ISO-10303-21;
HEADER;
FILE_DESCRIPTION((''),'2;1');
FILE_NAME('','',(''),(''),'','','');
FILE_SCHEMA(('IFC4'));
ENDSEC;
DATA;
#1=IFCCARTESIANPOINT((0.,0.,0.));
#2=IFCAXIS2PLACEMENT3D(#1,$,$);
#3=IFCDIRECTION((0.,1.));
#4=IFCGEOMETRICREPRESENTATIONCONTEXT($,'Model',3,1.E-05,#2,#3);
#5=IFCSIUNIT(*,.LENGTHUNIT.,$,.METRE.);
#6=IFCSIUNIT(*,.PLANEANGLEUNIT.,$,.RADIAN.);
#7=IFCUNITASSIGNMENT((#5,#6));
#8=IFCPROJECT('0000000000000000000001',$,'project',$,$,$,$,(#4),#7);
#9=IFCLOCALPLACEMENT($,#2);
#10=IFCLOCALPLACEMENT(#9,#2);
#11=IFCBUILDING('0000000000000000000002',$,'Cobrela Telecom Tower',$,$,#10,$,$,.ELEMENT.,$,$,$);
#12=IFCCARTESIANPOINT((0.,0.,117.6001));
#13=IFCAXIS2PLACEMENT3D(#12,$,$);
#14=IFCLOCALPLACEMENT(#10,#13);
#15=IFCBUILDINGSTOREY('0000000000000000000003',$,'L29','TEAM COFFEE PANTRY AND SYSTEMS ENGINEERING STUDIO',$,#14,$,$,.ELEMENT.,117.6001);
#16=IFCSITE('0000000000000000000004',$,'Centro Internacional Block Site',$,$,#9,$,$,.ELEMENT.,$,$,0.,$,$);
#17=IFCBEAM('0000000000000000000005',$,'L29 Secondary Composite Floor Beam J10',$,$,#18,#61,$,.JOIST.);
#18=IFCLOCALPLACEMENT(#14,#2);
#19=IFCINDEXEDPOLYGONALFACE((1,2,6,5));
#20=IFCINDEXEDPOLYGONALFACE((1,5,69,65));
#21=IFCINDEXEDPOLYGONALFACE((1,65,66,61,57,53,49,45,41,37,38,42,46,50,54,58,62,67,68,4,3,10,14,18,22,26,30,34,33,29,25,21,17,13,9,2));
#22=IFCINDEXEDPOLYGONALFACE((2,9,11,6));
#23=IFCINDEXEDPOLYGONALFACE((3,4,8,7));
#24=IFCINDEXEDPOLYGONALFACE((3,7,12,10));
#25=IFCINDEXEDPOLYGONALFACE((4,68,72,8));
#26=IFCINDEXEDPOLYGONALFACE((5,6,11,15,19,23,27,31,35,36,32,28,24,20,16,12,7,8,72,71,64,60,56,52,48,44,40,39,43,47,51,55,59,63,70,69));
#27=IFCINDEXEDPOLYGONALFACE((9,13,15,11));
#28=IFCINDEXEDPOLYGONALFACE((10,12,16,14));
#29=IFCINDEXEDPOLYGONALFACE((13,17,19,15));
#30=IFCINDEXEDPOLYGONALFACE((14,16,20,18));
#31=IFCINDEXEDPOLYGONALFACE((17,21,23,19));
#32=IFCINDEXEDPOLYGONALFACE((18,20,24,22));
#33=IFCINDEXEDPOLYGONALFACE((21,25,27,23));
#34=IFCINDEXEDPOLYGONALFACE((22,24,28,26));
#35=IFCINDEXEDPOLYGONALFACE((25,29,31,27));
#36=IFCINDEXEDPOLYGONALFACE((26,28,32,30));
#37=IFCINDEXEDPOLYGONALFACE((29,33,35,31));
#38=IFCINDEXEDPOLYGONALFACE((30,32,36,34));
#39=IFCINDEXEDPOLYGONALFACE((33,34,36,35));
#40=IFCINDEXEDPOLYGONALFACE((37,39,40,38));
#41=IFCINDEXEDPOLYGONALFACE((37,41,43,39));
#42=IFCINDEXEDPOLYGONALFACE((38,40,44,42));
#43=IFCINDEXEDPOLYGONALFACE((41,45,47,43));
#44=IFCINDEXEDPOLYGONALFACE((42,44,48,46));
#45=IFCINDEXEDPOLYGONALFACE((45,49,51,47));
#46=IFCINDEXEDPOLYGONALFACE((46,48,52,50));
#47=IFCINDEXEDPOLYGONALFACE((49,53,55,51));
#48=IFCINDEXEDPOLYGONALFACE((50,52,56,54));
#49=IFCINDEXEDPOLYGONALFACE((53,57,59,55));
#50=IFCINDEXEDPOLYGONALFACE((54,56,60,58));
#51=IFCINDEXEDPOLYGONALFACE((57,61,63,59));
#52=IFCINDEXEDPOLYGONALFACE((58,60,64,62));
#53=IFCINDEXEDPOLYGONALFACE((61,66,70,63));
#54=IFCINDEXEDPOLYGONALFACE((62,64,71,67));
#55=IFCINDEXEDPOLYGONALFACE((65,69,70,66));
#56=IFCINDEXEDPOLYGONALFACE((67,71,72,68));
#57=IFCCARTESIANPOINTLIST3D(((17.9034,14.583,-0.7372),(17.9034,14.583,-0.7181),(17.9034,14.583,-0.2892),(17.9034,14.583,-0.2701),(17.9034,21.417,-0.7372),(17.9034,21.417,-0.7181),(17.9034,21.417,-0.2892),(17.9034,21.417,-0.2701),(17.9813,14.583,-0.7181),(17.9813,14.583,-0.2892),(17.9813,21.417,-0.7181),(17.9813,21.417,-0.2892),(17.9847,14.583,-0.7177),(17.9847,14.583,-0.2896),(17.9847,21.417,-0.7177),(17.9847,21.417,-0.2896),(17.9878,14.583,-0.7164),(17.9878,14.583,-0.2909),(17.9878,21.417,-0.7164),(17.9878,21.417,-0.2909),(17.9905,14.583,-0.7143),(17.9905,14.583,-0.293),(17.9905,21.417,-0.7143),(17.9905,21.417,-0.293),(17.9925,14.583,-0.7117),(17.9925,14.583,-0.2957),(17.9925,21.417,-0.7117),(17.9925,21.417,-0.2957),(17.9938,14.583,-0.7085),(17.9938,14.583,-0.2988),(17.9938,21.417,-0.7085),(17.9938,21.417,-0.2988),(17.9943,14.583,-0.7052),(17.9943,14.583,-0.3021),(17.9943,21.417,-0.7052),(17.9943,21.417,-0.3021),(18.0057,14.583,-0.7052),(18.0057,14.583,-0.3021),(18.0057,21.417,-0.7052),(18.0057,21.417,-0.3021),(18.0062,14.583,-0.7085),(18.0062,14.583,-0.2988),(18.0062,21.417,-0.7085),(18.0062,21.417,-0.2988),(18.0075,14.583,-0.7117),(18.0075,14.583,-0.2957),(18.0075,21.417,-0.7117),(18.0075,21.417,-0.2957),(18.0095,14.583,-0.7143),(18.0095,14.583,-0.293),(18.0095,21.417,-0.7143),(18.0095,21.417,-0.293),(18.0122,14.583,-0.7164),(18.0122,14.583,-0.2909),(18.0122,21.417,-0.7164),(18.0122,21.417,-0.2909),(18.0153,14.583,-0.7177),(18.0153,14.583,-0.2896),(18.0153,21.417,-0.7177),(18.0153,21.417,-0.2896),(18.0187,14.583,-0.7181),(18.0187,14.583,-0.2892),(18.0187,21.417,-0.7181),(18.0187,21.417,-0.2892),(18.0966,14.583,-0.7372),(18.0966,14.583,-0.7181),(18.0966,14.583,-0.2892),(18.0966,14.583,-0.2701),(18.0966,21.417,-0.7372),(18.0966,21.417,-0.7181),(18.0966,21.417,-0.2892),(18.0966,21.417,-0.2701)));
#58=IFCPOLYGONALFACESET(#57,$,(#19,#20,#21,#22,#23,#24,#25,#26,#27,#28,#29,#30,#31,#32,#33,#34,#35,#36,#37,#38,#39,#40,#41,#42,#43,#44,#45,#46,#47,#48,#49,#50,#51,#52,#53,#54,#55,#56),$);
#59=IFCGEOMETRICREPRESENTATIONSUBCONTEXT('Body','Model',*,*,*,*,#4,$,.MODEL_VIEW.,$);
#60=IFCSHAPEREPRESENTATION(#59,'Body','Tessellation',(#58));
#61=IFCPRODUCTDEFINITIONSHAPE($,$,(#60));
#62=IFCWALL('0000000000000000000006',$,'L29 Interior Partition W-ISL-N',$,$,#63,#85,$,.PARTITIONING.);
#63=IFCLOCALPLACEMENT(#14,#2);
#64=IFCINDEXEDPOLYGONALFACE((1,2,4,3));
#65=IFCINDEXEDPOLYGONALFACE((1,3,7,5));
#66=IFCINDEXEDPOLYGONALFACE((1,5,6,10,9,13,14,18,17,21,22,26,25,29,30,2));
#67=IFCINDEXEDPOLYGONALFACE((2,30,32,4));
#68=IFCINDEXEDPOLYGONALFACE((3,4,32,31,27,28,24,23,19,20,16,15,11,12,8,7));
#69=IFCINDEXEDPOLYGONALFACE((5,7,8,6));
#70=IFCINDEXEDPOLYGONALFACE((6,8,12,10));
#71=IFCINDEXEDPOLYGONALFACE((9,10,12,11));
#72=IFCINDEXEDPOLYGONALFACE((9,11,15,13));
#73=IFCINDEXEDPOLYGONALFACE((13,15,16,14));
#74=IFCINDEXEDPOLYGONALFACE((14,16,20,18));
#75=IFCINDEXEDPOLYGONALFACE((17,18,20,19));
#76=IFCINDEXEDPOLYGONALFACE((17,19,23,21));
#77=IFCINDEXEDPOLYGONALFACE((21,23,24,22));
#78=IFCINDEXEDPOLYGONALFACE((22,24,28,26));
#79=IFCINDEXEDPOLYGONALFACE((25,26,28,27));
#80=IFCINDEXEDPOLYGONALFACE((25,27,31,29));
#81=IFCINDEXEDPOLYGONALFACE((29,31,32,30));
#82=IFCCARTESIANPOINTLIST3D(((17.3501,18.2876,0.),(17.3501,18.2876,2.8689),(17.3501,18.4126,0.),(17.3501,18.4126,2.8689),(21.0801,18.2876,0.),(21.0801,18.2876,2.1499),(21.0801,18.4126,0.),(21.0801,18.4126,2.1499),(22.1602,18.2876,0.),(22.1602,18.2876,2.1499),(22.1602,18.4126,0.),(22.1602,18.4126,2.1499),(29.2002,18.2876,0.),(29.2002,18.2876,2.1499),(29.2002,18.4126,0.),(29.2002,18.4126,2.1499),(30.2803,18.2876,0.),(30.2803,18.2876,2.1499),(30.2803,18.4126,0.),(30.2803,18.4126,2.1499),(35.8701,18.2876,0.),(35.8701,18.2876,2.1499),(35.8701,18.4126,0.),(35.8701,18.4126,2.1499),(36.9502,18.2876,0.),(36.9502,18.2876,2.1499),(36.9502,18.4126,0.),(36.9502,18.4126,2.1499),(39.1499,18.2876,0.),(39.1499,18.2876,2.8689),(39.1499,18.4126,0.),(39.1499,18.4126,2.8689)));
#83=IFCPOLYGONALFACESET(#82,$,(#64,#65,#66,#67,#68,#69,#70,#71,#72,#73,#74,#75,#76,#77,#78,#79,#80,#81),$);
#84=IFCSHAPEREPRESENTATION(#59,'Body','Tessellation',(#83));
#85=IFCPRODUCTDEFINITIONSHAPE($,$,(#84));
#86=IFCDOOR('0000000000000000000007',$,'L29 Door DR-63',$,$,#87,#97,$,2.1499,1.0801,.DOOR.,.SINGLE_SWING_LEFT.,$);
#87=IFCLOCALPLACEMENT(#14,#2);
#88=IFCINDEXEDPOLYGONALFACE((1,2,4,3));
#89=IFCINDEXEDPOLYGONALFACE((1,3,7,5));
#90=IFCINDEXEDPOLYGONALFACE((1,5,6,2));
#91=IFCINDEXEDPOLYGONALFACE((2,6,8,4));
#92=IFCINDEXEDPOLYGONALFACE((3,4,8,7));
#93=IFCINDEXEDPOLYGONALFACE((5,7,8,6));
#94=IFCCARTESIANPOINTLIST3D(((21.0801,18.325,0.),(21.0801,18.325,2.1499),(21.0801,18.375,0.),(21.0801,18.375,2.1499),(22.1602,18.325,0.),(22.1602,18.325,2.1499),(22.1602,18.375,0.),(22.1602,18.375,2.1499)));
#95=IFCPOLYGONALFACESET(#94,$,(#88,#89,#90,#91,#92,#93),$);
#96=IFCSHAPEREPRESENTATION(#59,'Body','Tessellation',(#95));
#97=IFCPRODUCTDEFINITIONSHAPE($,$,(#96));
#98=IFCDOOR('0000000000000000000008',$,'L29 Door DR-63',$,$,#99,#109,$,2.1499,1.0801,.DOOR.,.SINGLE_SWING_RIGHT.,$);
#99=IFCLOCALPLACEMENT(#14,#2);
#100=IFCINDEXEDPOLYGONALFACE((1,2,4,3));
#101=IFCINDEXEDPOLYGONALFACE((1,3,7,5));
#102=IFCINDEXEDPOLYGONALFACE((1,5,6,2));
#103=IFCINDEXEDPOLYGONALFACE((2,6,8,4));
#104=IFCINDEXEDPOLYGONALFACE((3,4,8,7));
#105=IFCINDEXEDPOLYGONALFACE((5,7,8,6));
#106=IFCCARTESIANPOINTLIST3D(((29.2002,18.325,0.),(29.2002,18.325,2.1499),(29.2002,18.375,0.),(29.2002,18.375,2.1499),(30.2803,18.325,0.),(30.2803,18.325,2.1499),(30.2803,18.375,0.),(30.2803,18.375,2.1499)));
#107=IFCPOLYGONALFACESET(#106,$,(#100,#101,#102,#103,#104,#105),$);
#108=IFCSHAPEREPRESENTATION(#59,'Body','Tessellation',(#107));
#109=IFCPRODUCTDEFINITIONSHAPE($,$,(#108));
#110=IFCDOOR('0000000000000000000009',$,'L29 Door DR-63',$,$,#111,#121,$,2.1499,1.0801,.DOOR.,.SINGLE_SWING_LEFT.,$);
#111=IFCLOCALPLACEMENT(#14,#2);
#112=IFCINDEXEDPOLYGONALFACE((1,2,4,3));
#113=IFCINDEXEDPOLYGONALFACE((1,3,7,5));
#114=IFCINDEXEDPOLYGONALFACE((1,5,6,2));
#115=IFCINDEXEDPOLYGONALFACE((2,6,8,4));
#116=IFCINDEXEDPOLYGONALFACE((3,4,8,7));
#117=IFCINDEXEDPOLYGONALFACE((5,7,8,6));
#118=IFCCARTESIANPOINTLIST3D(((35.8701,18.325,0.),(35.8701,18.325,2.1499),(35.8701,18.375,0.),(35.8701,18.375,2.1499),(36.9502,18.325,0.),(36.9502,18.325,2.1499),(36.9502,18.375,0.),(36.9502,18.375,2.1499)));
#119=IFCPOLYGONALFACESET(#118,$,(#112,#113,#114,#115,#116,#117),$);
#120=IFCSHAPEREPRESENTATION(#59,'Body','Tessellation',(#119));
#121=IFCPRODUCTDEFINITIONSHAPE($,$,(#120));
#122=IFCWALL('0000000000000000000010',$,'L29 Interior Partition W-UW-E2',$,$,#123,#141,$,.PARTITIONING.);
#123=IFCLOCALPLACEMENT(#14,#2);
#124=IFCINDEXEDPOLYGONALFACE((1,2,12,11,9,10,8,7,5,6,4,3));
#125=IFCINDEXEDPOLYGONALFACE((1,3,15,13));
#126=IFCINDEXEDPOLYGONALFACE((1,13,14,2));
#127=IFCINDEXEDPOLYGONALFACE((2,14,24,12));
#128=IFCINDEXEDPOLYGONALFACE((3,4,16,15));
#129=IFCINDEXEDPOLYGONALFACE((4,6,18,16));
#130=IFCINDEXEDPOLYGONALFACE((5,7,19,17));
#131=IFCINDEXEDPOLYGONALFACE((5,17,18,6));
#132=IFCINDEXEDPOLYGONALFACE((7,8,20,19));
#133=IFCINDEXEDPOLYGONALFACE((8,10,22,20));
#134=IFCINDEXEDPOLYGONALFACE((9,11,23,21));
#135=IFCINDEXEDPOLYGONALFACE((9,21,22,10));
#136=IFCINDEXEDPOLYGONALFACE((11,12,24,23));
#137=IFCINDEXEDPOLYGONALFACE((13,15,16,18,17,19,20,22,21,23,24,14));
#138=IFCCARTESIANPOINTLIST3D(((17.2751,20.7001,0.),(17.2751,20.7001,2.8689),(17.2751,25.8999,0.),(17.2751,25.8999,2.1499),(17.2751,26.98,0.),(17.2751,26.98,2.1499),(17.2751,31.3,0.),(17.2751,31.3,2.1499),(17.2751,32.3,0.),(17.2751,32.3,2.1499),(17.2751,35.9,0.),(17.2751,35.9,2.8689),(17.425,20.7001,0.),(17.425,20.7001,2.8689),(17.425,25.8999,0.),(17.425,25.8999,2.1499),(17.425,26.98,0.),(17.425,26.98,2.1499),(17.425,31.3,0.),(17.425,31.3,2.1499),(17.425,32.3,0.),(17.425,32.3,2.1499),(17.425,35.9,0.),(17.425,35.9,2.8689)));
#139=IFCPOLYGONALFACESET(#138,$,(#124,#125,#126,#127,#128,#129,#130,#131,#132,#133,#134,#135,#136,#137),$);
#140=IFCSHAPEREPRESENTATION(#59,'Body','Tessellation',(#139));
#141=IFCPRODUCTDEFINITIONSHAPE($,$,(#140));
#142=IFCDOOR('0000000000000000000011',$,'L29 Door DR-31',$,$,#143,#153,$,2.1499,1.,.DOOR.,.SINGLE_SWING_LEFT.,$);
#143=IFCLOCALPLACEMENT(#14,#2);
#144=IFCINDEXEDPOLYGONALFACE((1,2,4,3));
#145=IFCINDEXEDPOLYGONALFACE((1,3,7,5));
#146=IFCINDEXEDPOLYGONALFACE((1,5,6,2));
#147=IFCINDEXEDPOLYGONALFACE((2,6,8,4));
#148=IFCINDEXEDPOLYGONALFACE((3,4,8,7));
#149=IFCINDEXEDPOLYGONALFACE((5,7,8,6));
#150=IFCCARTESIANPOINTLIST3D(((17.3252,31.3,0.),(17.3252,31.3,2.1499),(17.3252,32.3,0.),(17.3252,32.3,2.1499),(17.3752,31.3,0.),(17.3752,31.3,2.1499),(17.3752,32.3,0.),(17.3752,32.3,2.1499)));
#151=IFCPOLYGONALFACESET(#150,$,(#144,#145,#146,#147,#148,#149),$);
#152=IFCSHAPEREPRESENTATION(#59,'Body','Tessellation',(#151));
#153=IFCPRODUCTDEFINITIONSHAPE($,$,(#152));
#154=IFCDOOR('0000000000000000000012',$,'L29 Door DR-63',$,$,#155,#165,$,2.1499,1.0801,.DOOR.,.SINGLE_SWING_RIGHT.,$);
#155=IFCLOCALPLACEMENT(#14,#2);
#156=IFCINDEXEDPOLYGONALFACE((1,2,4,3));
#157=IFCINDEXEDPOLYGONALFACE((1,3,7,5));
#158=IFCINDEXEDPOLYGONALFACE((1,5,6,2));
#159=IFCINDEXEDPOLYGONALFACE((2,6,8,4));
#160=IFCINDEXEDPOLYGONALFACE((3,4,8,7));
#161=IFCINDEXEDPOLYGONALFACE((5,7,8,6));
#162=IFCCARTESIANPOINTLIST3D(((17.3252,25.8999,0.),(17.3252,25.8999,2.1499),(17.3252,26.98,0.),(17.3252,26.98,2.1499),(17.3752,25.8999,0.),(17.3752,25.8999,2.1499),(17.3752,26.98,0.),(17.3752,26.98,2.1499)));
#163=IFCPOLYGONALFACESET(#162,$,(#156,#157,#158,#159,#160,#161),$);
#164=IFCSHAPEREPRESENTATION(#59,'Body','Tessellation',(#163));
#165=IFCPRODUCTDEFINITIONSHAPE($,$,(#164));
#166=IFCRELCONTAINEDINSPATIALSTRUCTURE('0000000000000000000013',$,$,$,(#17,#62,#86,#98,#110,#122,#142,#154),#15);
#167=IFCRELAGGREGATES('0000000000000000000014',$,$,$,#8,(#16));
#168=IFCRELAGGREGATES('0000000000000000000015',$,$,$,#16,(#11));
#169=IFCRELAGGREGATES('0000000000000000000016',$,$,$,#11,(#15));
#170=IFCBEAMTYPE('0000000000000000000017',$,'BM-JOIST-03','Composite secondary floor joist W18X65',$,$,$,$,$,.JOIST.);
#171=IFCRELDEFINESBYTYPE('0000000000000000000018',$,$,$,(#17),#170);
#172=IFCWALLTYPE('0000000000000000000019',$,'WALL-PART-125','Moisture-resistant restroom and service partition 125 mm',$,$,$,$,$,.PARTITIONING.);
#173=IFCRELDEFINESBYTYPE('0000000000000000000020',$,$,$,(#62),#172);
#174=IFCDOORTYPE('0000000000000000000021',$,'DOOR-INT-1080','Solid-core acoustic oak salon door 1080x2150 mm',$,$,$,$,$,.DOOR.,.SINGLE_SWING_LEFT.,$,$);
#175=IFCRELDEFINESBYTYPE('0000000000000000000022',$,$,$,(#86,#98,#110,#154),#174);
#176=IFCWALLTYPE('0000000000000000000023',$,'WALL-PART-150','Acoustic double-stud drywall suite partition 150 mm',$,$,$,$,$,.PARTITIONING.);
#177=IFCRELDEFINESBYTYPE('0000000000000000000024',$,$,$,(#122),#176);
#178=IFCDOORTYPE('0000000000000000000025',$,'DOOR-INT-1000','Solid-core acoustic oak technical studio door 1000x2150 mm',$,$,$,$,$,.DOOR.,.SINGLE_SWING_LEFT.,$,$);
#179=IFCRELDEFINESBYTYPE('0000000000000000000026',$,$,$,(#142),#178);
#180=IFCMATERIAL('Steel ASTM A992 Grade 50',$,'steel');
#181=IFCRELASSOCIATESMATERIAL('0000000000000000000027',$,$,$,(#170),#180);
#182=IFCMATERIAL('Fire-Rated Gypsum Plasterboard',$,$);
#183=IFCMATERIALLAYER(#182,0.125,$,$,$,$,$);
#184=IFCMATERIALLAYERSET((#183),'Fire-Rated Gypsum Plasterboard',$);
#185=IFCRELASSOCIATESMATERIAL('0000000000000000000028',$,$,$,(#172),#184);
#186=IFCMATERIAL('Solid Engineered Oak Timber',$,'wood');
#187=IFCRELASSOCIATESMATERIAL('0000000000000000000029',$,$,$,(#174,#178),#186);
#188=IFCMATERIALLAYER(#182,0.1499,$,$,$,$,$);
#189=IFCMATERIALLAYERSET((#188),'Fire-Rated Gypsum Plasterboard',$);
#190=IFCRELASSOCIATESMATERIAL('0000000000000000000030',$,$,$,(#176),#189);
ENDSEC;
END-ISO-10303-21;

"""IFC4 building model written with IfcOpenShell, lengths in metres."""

from ifc_helpers import new_model, si_unit, direction, frame, frame_2d, origin, origin_2d, place, context, subcontext, project, spatial, rectangle, i_section, extrude, material, layer, layer_set, material_profile, profile_set, type_object, element, fill, save


model = new_model("IFC4")

# Units and contexts
model_context = context("Model", 3, precision=1e-05, world=origin(), true_north=direction((0.0, 1.0)))
body_context = subcontext(model_context, "Body", "Model", "MODEL_VIEW")
ifc_project = project(units=[si_unit("LENGTHUNIT", "METRE"), si_unit("PLANEANGLEUNIT", "RADIAN")], contexts=[model_context])

# Site, building, storey
site_placement = place(None, origin())
site = spatial("IfcSite", under=ifc_project, at=site_placement, Name="Centro Internacional Block Site", CompositionType="ELEMENT", RefElevation=0.0)
building_placement = place(site_placement, origin())
building = spatial("IfcBuilding", under=site, at=building_placement, Name="Cobrela Telecom Tower", CompositionType="ELEMENT")
storey_placement = place(building_placement, frame((0.0, 0.0, 117.6001)))
storey = spatial("IfcBuildingStorey", under=building, at=storey_placement, Name="L29", Description="TEAM COFFEE PANTRY AND SYSTEMS ENGINEERING STUDIO", CompositionType="ELEMENT", Elevation=117.6001)

# Beam
ifc_material_1 = material(Name="Steel ASTM A992 Grade 50", Category="steel")
ifc_material_profile_1 = material_profile(ifc_material_1, i_section(OverallWidth=0.1931, OverallDepth=0.467, WebThickness=0.0115, FlangeThickness=0.019, FilletRadius=0.0129, at=origin_2d()), Name="W18X65")
ifc_profile_set_1 = profile_set([ifc_material_profile_1], Name="Steel ASTM A992 Grade 50")
beam_type_1 = type_object("IfcBeamType", Name="BM-JOIST-03", Description="Composite secondary floor joist W18X65", PredefinedType="JOIST", material=ifc_profile_set_1)
for number, where, z_axis, x_axis, name in (
    (1, (18.0, 14.583, -0.5037), (0.0, 1.0, 0.0), (-1.0, 0.0, 0.0), "L29 Secondary Composite Floor Beam J10"),
):
    element("IfcBeam", number, at=place(storey_placement, frame(where, z_axis=z_axis, x_axis=x_axis)), inside=storey, type_object=beam_type_1, Name=name, PredefinedType="JOIST", context=body_context, shape_type="SweptSolid", body=[
        extrude(i_section(OverallWidth=0.1931, OverallDepth=0.467, WebThickness=0.0115, FlangeThickness=0.019, FilletRadius=0.0129, at=origin_2d()), origin(), (0.0, 0.0, 1.0), 6.834),
    ])

# Walls, openings, doors
ifc_material_2 = material(Name="Fire-Rated Gypsum Plasterboard")
ifc_layer_1 = layer(ifc_material_2, 0.125)
ifc_layer_set_1 = layer_set([ifc_layer_1], Name="Fire-Rated Gypsum Plasterboard")
wall_type_1 = type_object("IfcWallType", Name="WALL-PART-125", Description="Moisture-resistant restroom and service partition 125 mm", PredefinedType="PARTITIONING", material=ifc_layer_set_1)
wall_1_placement = place(storey_placement, frame((17.3501, 18.3501, 0.0), z_axis=(0.0, 0.0, 1.0), x_axis=(1.0, 0.0, 0.0)))
wall_1 = element("IfcWall", 2, at=wall_1_placement, inside=storey, type_object=wall_type_1, Name="L29 Interior Partition W-ISL-N", PredefinedType="PARTITIONING", context=body_context, shape_type="SweptSolid", body=[
    extrude(rectangle(XDim=21.7998, YDim=0.125, at=frame_2d((10.8999, 0.0))), origin(), (0.0, 0.0, 1.0), 2.8689),
])
opening_1_placement = place(wall_1_placement, frame((3.73, 0.0, 0.0)))
opening_1 = element("IfcOpeningElement", 3, at=opening_1_placement, cuts=wall_1, PredefinedType="OPENING", context=body_context, shape_type="SweptSolid", body=[
    extrude(rectangle(XDim=1.0801, YDim=2.1499, at=frame_2d((0.54, 1.075))), frame((0.0, 0.0745, 0.0), z_axis=(0.0, -1.0, 0.0), x_axis=(1.0, 0.0, 0.0)), (0.0, 0.0, 1.0), 0.1489),
])
opening_2_placement = place(wall_1_placement, frame((11.8501, 0.0, 0.0)))
opening_2 = element("IfcOpeningElement", 4, at=opening_2_placement, cuts=wall_1, PredefinedType="OPENING", context=body_context, shape_type="SweptSolid", body=[
    extrude(rectangle(XDim=1.0801, YDim=2.1499, at=frame_2d((0.54, 1.075))), frame((0.0, 0.0745, 0.0), z_axis=(0.0, -1.0, 0.0), x_axis=(1.0, 0.0, 0.0)), (0.0, 0.0, 1.0), 0.1489),
])
opening_3_placement = place(wall_1_placement, frame((18.52, 0.0, 0.0)))
opening_3 = element("IfcOpeningElement", 5, at=opening_3_placement, cuts=wall_1, PredefinedType="OPENING", context=body_context, shape_type="SweptSolid", body=[
    extrude(rectangle(XDim=1.0801, YDim=2.1499, at=frame_2d((0.54, 1.075))), frame((0.0, 0.0745, 0.0), z_axis=(0.0, -1.0, 0.0), x_axis=(1.0, 0.0, 0.0)), (0.0, 0.0, 1.0), 0.1489),
])
ifc_material_3 = material(Name="Solid Engineered Oak Timber", Category="wood")
door_type_1 = type_object("IfcDoorType", Name="DOOR-INT-1080", Description="Solid-core acoustic oak salon door 1080x2150 mm", OperationType="SINGLE_SWING_LEFT", PredefinedType="DOOR", material=ifc_material_3)
door_1_placement = place(opening_1_placement, origin())
door_1 = element("IfcDoor", 6, at=door_1_placement, inside=storey, type_object=door_type_1, Name="L29 Door DR-63", OperationType="SINGLE_SWING_LEFT", OverallHeight=2.1499, OverallWidth=1.0801, PredefinedType="DOOR", context=body_context, shape_type="SweptSolid", body=[
    extrude(rectangle(XDim=1.0801, YDim=2.1499, at=frame_2d((0.54, 1.075))), frame((0.0, 0.0249, 0.0), z_axis=(0.0, -1.0, 0.0), x_axis=(1.0, 0.0, 0.0)), (0.0, 0.0, 1.0), 0.05),
])
fill(opening_1, door_1)
door_2_placement = place(opening_2_placement, origin())
door_2 = element("IfcDoor", 7, at=door_2_placement, inside=storey, type_object=door_type_1, Name="L29 Door DR-63", OperationType="SINGLE_SWING_RIGHT", OverallHeight=2.1499, OverallWidth=1.0801, PredefinedType="DOOR", context=body_context, shape_type="SweptSolid", body=[
    extrude(rectangle(XDim=1.0801, YDim=2.1499, at=frame_2d((0.54, 1.075))), frame((0.0, 0.0249, 0.0), z_axis=(0.0, -1.0, 0.0), x_axis=(1.0, 0.0, 0.0)), (0.0, 0.0, 1.0), 0.05),
])
fill(opening_2, door_2)
door_3_placement = place(opening_3_placement, origin())
door_3 = element("IfcDoor", 8, at=door_3_placement, inside=storey, type_object=door_type_1, Name="L29 Door DR-63", OperationType="SINGLE_SWING_LEFT", OverallHeight=2.1499, OverallWidth=1.0801, PredefinedType="DOOR", context=body_context, shape_type="SweptSolid", body=[
    extrude(rectangle(XDim=1.0801, YDim=2.1499, at=frame_2d((0.54, 1.075))), frame((0.0, 0.0249, 0.0), z_axis=(0.0, -1.0, 0.0), x_axis=(1.0, 0.0, 0.0)), (0.0, 0.0, 1.0), 0.05),
])
fill(opening_3, door_3)
ifc_layer_2 = layer(ifc_material_2, 0.1499)
ifc_layer_set_2 = layer_set([ifc_layer_2], Name="Fire-Rated Gypsum Plasterboard")
wall_type_2 = type_object("IfcWallType", Name="WALL-PART-150", Description="Acoustic double-stud drywall suite partition 150 mm", PredefinedType="PARTITIONING", material=ifc_layer_set_2)
wall_2_placement = place(storey_placement, frame((17.3501, 20.7, 0.0), z_axis=(0.0, 0.0, 1.0), x_axis=(0.0, 1.0, 0.0)))
wall_2 = element("IfcWall", 9, at=wall_2_placement, inside=storey, type_object=wall_type_2, Name="L29 Interior Partition W-UW-E2", PredefinedType="PARTITIONING", context=body_context, shape_type="SweptSolid", body=[
    extrude(rectangle(XDim=15.2, YDim=0.1499, at=frame_2d((7.6001, 0.0))), origin(), (0.0, 0.0, 1.0), 2.8689),
])
opening_4_placement = place(wall_2_placement, frame((5.2, 0.0, 0.0)))
opening_4 = element("IfcOpeningElement", 10, at=opening_4_placement, cuts=wall_2, PredefinedType="OPENING", context=body_context, shape_type="SweptSolid", body=[
    extrude(rectangle(XDim=1.0801, YDim=2.1499, at=frame_2d((0.54, 1.075))), frame((0.0, 0.0869, 0.0), z_axis=(0.0, -1.0, 0.0), x_axis=(1.0, 0.0, 0.0)), (0.0, 0.0, 1.0), 0.1738),
])
opening_5_placement = place(wall_2_placement, frame((10.6001, 0.0, 0.0)))
opening_5 = element("IfcOpeningElement", 11, at=opening_5_placement, cuts=wall_2, PredefinedType="OPENING", context=body_context, shape_type="SweptSolid", body=[
    extrude(rectangle(XDim=1.0, YDim=2.1499, at=frame_2d((0.5, 1.075))), frame((0.0, 0.0869, 0.0), z_axis=(0.0, -1.0, 0.0), x_axis=(1.0, 0.0, 0.0)), (0.0, 0.0, 1.0), 0.1738),
])
door_type_2 = type_object("IfcDoorType", Name="DOOR-INT-1000", Description="Solid-core acoustic oak technical studio door 1000x2150 mm", OperationType="SINGLE_SWING_LEFT", PredefinedType="DOOR", material=ifc_material_3)
door_4_placement = place(opening_5_placement, origin())
door_4 = element("IfcDoor", 12, at=door_4_placement, inside=storey, type_object=door_type_2, Name="L29 Door DR-31", OperationType="SINGLE_SWING_LEFT", OverallHeight=2.1499, OverallWidth=1.0, PredefinedType="DOOR", context=body_context, shape_type="SweptSolid", body=[
    extrude(rectangle(XDim=1.0, YDim=2.1499, at=frame_2d((0.5, 1.075))), frame((0.0, 0.0249, 0.0), z_axis=(0.0, -1.0, 0.0), x_axis=(1.0, 0.0, 0.0)), (0.0, 0.0, 1.0), 0.05),
])
fill(opening_5, door_4)
door_5_placement = place(opening_4_placement, origin())
door_5 = element("IfcDoor", 13, at=door_5_placement, inside=storey, type_object=door_type_1, Name="L29 Door DR-63", OperationType="SINGLE_SWING_RIGHT", OverallHeight=2.1499, OverallWidth=1.0801, PredefinedType="DOOR", context=body_context, shape_type="SweptSolid", body=[
    extrude(rectangle(XDim=1.0801, YDim=2.1499, at=frame_2d((0.54, 1.075))), frame((0.0, 0.0249, 0.0), z_axis=(0.0, -1.0, 0.0), x_axis=(1.0, 0.0, 0.0)), (0.0, 0.0, 1.0), 0.05),
])
fill(opening_4, door_5)

save(model, "model.ifc")
